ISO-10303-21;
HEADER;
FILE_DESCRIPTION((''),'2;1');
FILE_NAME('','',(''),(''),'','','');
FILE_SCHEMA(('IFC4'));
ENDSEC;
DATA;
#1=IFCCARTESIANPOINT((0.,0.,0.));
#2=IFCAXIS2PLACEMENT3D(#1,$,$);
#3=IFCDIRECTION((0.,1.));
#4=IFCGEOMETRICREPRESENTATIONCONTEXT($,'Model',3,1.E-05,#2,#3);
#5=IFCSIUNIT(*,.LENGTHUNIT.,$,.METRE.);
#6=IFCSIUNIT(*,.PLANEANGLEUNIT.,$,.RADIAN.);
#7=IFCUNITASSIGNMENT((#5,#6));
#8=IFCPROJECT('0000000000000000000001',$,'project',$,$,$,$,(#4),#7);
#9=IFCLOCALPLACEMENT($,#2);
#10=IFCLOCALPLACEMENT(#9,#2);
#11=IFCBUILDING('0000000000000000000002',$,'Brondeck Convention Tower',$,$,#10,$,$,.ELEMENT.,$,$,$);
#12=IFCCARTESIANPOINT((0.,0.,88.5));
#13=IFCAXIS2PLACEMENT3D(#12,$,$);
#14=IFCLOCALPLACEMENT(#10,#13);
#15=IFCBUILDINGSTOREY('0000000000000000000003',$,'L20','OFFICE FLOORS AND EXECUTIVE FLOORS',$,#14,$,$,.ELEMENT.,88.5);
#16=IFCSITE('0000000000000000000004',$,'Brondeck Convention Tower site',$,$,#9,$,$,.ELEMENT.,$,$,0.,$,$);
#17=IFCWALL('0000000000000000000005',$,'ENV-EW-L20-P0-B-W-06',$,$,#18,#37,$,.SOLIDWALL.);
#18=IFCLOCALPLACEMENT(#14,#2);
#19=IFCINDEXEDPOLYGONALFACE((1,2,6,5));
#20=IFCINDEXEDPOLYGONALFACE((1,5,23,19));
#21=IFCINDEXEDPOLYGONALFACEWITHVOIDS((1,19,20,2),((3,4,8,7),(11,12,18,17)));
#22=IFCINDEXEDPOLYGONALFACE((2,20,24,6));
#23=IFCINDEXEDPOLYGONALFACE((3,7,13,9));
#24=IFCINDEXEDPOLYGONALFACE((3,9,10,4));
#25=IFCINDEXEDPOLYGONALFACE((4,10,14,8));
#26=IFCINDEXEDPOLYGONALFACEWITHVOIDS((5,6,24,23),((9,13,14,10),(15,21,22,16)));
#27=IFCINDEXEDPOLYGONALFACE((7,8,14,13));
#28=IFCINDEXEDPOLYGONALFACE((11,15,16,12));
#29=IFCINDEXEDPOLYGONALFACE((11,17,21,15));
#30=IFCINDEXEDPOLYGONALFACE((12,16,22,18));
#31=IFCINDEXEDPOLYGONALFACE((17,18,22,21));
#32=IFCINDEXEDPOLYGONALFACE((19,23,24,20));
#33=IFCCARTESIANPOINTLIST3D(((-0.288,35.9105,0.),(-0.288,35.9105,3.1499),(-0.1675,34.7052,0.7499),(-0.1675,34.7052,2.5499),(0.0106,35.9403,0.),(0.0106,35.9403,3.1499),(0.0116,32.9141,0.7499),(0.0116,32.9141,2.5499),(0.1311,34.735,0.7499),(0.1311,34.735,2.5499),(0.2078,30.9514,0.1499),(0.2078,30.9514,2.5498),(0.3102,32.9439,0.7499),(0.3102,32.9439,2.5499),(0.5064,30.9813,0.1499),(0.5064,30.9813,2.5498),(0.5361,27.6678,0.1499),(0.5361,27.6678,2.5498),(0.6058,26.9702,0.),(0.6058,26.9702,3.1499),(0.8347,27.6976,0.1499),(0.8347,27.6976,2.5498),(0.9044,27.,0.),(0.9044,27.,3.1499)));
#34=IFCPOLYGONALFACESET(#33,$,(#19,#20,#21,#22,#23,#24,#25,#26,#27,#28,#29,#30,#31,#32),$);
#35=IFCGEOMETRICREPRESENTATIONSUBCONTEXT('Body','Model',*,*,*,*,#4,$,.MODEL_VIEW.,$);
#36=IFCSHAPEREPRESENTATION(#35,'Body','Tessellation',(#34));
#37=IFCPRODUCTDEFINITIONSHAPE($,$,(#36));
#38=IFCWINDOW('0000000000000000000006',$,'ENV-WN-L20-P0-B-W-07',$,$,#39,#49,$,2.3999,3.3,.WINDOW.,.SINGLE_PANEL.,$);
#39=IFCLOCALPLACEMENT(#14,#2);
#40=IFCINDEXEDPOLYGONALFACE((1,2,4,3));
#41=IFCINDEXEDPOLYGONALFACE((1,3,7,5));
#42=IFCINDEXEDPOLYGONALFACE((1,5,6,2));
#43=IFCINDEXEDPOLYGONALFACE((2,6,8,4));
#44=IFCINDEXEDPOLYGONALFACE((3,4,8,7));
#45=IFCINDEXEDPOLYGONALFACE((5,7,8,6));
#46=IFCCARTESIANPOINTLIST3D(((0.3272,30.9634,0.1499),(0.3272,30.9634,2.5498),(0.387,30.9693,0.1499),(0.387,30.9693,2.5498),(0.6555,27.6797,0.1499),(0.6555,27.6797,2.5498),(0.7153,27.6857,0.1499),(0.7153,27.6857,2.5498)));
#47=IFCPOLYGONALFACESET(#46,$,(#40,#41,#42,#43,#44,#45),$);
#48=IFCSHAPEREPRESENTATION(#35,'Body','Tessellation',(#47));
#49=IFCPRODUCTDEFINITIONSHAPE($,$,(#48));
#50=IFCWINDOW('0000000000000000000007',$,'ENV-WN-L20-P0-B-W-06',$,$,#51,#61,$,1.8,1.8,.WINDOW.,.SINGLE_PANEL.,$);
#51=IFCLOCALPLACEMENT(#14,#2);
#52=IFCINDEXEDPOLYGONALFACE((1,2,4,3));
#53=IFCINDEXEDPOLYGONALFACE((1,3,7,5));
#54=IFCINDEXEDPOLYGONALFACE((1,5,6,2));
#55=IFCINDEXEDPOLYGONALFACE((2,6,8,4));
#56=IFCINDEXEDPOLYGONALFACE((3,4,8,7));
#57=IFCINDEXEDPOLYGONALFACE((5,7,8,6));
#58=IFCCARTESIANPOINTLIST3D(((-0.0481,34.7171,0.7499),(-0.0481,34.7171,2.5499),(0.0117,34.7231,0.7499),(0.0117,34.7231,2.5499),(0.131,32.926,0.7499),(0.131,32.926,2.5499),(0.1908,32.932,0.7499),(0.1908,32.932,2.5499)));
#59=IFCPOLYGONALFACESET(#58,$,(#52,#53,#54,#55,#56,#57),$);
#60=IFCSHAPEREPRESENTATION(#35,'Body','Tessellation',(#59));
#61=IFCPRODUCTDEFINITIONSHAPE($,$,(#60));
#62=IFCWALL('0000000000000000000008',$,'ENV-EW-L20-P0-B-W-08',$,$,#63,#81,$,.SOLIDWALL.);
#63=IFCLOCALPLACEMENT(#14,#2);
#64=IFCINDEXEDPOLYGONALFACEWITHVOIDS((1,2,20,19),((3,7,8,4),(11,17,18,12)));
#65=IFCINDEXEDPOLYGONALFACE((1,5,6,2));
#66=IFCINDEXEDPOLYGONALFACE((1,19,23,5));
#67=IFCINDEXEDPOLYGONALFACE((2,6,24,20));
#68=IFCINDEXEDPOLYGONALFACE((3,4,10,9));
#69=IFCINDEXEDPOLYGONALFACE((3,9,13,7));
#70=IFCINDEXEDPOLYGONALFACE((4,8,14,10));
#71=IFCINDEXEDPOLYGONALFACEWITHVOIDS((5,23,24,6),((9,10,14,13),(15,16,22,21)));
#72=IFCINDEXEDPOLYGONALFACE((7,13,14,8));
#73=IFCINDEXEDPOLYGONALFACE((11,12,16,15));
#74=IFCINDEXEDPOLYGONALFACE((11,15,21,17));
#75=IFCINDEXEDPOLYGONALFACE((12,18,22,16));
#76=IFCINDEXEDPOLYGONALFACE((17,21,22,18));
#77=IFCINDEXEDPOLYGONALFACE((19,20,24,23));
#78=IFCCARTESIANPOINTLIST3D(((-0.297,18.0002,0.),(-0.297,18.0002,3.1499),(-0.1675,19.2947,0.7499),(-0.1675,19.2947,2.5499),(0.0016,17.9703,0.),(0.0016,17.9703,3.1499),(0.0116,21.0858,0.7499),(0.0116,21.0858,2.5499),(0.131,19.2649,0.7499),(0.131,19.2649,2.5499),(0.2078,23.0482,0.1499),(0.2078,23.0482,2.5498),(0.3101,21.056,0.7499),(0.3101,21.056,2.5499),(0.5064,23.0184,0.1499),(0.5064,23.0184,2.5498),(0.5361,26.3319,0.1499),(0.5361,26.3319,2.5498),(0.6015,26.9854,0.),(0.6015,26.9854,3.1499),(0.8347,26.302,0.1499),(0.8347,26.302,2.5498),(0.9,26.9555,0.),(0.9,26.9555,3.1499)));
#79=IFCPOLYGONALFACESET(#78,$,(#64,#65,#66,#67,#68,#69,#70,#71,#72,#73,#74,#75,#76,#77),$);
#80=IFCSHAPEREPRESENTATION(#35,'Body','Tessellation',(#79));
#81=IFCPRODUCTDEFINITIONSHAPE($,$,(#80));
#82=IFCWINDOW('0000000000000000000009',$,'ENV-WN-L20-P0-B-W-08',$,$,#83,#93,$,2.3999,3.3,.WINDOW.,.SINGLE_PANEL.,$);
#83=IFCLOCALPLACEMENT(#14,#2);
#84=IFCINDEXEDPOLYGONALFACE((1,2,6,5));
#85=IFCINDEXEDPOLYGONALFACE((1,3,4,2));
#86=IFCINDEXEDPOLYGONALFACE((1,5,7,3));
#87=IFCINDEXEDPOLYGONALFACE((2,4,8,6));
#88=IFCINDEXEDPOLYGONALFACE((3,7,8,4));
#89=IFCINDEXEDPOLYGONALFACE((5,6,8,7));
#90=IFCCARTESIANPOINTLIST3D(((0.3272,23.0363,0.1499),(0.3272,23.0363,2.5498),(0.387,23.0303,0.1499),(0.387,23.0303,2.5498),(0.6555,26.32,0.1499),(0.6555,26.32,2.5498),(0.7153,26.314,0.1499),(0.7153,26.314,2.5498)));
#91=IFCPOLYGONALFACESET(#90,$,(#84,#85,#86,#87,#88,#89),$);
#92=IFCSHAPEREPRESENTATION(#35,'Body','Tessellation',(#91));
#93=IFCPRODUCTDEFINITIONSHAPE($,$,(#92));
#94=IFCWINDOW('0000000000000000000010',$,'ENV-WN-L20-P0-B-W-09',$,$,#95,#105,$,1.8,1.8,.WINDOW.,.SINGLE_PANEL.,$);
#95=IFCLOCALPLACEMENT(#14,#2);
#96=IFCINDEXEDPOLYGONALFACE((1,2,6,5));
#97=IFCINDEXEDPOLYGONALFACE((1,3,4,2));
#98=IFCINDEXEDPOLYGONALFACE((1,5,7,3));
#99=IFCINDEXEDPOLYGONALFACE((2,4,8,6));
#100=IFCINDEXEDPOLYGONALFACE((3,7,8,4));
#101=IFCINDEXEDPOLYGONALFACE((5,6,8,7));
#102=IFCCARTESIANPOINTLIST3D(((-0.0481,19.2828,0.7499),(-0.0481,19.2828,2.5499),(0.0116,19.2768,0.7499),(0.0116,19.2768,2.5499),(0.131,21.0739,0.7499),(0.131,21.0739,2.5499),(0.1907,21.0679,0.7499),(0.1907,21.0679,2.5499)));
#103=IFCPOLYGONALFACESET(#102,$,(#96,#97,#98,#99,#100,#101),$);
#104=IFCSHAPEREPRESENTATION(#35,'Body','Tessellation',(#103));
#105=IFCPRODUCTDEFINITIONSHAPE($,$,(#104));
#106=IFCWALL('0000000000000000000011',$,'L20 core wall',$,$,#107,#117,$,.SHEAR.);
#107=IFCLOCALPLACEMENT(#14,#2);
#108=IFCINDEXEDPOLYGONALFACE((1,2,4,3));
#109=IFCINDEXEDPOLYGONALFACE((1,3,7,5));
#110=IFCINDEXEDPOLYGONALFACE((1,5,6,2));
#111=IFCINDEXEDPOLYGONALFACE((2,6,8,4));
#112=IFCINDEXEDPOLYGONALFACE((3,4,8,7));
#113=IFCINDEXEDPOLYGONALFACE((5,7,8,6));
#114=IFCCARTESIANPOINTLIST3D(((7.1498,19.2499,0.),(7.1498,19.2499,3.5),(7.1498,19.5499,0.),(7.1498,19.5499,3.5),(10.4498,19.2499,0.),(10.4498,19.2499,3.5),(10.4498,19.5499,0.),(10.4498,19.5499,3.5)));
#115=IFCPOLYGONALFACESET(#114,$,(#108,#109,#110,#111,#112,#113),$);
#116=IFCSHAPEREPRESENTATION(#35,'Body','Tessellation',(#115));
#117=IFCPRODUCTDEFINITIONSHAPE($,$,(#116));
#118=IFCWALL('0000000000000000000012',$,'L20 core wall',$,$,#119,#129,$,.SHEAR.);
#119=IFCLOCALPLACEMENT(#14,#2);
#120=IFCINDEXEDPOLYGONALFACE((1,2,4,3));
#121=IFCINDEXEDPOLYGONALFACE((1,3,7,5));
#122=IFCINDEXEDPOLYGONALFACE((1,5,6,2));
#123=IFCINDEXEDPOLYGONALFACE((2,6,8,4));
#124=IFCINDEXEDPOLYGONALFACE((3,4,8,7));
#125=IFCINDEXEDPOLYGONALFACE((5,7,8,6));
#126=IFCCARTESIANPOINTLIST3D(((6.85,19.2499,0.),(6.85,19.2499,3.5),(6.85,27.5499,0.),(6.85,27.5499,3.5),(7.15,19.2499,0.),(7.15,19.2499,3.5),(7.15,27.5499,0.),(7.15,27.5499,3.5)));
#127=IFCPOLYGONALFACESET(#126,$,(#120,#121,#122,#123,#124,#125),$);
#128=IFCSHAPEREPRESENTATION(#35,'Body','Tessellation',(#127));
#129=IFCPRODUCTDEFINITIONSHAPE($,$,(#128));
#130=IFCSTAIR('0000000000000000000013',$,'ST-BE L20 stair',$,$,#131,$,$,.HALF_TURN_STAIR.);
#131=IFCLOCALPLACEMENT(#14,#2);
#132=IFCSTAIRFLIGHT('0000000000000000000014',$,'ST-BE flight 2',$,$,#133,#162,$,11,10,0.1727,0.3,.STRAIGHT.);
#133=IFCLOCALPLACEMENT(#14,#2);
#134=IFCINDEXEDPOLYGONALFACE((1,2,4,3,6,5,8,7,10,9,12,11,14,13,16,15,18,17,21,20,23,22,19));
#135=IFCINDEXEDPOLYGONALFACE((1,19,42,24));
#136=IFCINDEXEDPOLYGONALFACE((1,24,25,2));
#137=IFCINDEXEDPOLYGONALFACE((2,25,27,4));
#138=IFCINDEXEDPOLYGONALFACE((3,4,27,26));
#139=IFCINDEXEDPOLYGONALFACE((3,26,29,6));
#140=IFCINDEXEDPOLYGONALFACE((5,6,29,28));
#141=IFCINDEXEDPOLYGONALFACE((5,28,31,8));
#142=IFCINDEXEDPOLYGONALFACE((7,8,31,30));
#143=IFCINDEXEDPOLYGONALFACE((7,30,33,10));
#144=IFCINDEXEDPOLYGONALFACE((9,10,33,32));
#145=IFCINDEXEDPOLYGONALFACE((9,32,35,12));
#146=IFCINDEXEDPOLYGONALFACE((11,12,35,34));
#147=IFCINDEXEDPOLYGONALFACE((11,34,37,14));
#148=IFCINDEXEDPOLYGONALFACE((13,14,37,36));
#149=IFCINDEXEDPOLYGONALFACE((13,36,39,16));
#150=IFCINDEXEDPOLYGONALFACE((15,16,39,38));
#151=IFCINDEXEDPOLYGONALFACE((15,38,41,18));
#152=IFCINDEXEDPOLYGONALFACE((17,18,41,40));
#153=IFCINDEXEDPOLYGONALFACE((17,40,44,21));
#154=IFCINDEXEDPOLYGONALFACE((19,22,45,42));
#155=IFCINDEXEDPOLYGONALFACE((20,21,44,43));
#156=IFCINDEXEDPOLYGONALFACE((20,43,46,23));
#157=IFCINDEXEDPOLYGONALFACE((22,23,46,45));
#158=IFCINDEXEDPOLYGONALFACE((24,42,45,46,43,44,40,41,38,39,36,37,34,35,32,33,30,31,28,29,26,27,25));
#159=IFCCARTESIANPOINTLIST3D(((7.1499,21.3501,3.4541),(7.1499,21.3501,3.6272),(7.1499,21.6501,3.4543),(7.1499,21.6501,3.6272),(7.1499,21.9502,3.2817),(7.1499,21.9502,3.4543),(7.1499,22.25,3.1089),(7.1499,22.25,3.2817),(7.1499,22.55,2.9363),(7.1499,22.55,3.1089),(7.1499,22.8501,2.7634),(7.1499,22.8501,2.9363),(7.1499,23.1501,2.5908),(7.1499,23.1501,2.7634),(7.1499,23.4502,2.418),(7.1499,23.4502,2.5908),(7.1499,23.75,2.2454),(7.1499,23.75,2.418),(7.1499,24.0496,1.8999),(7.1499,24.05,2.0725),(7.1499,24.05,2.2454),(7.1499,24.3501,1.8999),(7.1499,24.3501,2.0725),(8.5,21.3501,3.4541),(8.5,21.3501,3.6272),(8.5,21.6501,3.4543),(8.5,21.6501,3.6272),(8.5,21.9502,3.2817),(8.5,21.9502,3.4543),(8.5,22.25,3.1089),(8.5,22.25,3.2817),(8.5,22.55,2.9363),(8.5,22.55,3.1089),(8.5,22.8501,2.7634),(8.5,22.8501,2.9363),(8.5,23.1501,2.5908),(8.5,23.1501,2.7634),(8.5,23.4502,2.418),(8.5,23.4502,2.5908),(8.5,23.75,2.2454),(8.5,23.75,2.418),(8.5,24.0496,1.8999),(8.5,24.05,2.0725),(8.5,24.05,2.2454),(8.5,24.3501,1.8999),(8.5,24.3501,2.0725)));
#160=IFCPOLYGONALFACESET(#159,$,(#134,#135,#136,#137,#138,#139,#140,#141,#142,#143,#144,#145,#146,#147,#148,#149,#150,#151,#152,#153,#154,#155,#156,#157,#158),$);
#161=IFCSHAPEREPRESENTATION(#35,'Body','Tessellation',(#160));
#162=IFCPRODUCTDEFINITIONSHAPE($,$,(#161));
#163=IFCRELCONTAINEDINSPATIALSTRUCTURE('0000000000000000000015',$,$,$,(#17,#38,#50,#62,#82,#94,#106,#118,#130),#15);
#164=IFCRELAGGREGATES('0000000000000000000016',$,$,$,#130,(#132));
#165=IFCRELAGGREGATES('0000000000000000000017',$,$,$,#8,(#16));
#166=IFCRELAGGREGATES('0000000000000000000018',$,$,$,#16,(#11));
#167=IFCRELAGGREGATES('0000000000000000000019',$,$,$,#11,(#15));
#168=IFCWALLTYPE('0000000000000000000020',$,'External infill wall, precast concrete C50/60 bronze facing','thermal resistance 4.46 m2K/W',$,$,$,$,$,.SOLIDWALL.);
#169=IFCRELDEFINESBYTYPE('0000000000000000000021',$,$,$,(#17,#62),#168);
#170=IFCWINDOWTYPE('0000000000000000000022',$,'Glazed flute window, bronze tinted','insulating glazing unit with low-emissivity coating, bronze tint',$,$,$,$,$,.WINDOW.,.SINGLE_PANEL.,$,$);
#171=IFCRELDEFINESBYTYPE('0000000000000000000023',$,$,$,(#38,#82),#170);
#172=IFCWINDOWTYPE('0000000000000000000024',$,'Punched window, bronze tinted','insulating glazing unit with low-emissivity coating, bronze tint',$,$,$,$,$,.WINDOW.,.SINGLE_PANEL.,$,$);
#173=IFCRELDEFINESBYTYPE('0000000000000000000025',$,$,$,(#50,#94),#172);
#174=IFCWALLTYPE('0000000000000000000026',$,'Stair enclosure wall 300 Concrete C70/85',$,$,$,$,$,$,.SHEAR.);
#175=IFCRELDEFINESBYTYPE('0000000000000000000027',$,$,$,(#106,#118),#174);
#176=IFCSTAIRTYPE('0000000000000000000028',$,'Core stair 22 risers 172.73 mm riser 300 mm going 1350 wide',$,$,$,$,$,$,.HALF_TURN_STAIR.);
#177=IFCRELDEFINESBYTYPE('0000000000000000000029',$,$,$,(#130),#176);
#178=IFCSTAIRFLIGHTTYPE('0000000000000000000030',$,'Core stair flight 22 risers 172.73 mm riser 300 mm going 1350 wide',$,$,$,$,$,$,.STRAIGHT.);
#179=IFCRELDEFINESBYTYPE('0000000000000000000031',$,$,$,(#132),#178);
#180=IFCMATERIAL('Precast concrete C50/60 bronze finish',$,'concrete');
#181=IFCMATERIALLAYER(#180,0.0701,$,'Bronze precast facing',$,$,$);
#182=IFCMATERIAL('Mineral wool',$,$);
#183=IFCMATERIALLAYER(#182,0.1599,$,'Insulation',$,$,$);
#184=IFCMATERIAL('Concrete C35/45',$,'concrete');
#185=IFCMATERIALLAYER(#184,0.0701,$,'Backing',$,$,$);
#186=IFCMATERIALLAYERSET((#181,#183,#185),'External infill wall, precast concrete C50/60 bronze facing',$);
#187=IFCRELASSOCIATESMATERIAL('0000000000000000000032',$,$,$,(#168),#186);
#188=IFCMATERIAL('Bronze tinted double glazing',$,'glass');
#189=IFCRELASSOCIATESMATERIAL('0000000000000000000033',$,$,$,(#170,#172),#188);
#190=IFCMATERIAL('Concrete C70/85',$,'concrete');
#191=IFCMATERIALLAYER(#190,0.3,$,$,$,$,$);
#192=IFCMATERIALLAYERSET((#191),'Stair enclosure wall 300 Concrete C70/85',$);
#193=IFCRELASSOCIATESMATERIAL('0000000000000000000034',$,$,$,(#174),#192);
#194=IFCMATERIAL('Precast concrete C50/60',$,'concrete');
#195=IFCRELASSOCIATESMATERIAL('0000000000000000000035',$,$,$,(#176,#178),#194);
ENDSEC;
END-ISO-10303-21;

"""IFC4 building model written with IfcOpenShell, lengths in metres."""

from ifc_helpers import new_model, si_unit, direction, frame, frame_2d, origin, place, context, subcontext, project, spatial, polyline, rectangle, outline, extrude, material, layer, layer_set, type_object, element, fill, aggregate, save


model = new_model("IFC4")

# Units and contexts
model_context = context("Model", 3, precision=1e-05, world=origin(), true_north=direction((0.0, 1.0)))
body_context = subcontext(model_context, "Body", "Model", "MODEL_VIEW")
ifc_project = project(units=[si_unit("LENGTHUNIT", "METRE"), si_unit("PLANEANGLEUNIT", "RADIAN")], contexts=[model_context])

# Site, building, storey
site_placement = place(None, origin())
site = spatial("IfcSite", under=ifc_project, at=site_placement, Name="Brondeck Convention Tower site", CompositionType="ELEMENT", RefElevation=0.0)
building_placement = place(site_placement, origin())
building = spatial("IfcBuilding", under=site, at=building_placement, Name="Brondeck Convention Tower", CompositionType="ELEMENT")
storey_placement = place(building_placement, frame((0.0, 0.0, 88.5)))
storey = spatial("IfcBuildingStorey", under=building, at=storey_placement, Name="L20", Description="OFFICE FLOORS AND EXECUTIVE FLOORS", CompositionType="ELEMENT", Elevation=88.5)

# Shared definitions
ifc_material_1 = material(Name="Concrete C70/85", Category="concrete")

# Walls, openings, windows
ifc_material_2 = material(Name="Precast concrete C50/60 bronze finish", Category="concrete")
ifc_layer_1 = layer(ifc_material_2, 0.0701, Name="Bronze precast facing")
ifc_material_3 = material(Name="Mineral wool")
ifc_layer_2 = layer(ifc_material_3, 0.1599, Name="Insulation")
ifc_material_4 = material(Name="Concrete C35/45", Category="concrete")
ifc_layer_3 = layer(ifc_material_4, 0.0701, Name="Backing")
ifc_layer_set_1 = layer_set([ifc_layer_1, ifc_layer_2, ifc_layer_3], Name="External infill wall, precast concrete C50/60 bronze facing")
wall_type_1 = type_object("IfcWallType", Name="External infill wall, precast concrete C50/60 bronze facing", Description="thermal resistance 4.46 m2K/W", PredefinedType="SOLIDWALL", material=ifc_layer_set_1)
wall_1_placement = place(storey_placement, frame((0.7551, 26.9851, 0.0), z_axis=(0.0, 0.0, 1.0), x_axis=(-0.09948, 0.99504, 0.0)))
wall_1 = element("IfcWall", 1, at=wall_1_placement, inside=storey, type_object=wall_type_1, Name="ENV-EW-L20-P0-B-W-06", PredefinedType="SOLIDWALL", context=body_context, shape_type="SweptSolid", body=[
    extrude(rectangle(XDim=8.9849, YDim=0.3, at=frame_2d((4.4924, 0.0))), origin(), (0.0, 0.0, 1.0), 3.1499),
])
opening_1_placement = place(wall_1_placement, frame((0.7012, 0.0, 0.1499)))
opening_1 = element("IfcOpeningElement", 2, at=opening_1_placement, cuts=wall_1, PredefinedType="OPENING", context=body_context, shape_type="SweptSolid", body=[
    extrude(rectangle(XDim=3.3, YDim=2.3999, at=frame_2d((1.6499, 1.2))), frame((0.0, 0.1599, 0.0), z_axis=(0.0, -1.0, 0.0), x_axis=(1.0, 0.0, 0.0)), (0.0, 0.0, 1.0), 0.3201),
])
opening_2_placement = place(wall_1_placement, frame((5.9736, 0.0, 0.75)))
opening_2 = element("IfcOpeningElement", 3, at=opening_2_placement, cuts=wall_1, PredefinedType="OPENING", context=body_context, shape_type="SweptSolid", body=[
    extrude(rectangle(XDim=1.8, YDim=1.8, at=frame_2d((0.8999, 0.8999))), frame((0.0, 0.1599, 0.0), z_axis=(0.0, -1.0, 0.0), x_axis=(1.0, 0.0, 0.0)), (0.0, 0.0, 1.0), 0.3201),
])
ifc_material_5 = material(Name="Bronze tinted double glazing", Category="glass")
window_type_1 = type_object("IfcWindowType", Name="Glazed flute window, bronze tinted", Description="insulating glazing unit with low-emissivity coating, bronze tint", PartitioningType="SINGLE_PANEL", PredefinedType="WINDOW", material=ifc_material_5)
window_1_placement = place(opening_1_placement, origin())
window_1 = element("IfcWindow", 4, at=window_1_placement, inside=storey, type_object=window_type_1, Name="ENV-WN-L20-P0-B-W-07", OverallHeight=2.3999, OverallWidth=3.3, PartitioningType="SINGLE_PANEL", PredefinedType="WINDOW", context=body_context, shape_type="SweptSolid", body=[
    extrude(rectangle(XDim=3.3, YDim=2.3999, at=frame_2d((1.6499, 1.2))), frame((0.0, 0.03, 0.0), z_axis=(0.0, -1.0, 0.0), x_axis=(1.0, 0.0, 0.0)), (0.0, 0.0, 1.0), 0.0601),
])
fill(opening_1, window_1)
window_type_2 = type_object("IfcWindowType", Name="Punched window, bronze tinted", Description="insulating glazing unit with low-emissivity coating, bronze tint", PartitioningType="SINGLE_PANEL", PredefinedType="WINDOW", material=ifc_material_5)
window_2_placement = place(opening_2_placement, origin())
window_2 = element("IfcWindow", 5, at=window_2_placement, inside=storey, type_object=window_type_2, Name="ENV-WN-L20-P0-B-W-06", OverallHeight=1.8, OverallWidth=1.8, PartitioningType="SINGLE_PANEL", PredefinedType="WINDOW", context=body_context, shape_type="SweptSolid", body=[
    extrude(rectangle(XDim=1.8, YDim=1.8, at=frame_2d((0.8999, 0.8999))), frame((0.0, 0.03, 0.0), z_axis=(0.0, -1.0, 0.0), x_axis=(1.0, 0.0, 0.0)), (0.0, 0.0, 1.0), 0.0601),
])
fill(opening_2, window_2)
wall_2_placement = place(storey_placement, frame((-0.1477, 17.9851, 0.0), z_axis=(0.0, 0.0, 1.0), x_axis=(0.099496, 0.995038, 0.0)))
wall_2 = element("IfcWall", 6, at=wall_2_placement, inside=storey, type_object=wall_type_1, Name="ENV-EW-L20-P0-B-W-08", PredefinedType="SOLIDWALL", context=body_context, shape_type="SweptSolid", body=[
    extrude(rectangle(XDim=9.03, YDim=0.3, at=frame_2d((4.5151, 0.0))), origin(), (0.0, 0.0, 1.0), 3.1499),
])
opening_3_placement = place(wall_2_placement, frame((1.3013, 0.0, 0.75)))
opening_3 = element("IfcOpeningElement", 7, at=opening_3_placement, cuts=wall_2, PredefinedType="OPENING", context=body_context, shape_type="SweptSolid", body=[
    extrude(rectangle(XDim=1.8, YDim=1.8, at=frame_2d((0.8999, 0.8999))), frame((0.0, 0.1599, 0.0), z_axis=(0.0, -1.0, 0.0), x_axis=(1.0, 0.0, 0.0)), (0.0, 0.0, 1.0), 0.3201),
])
opening_4_placement = place(wall_2_placement, frame((5.0735, 0.0, 0.1499)))
opening_4 = element("IfcOpeningElement", 8, at=opening_4_placement, cuts=wall_2, PredefinedType="OPENING", context=body_context, shape_type="SweptSolid", body=[
    extrude(rectangle(XDim=3.3, YDim=2.3999, at=frame_2d((1.6499, 1.2))), frame((0.0, 0.1599, 0.0), z_axis=(0.0, -1.0, 0.0), x_axis=(1.0, 0.0, 0.0)), (0.0, 0.0, 1.0), 0.3201),
])
window_3_placement = place(opening_4_placement, origin())
window_3 = element("IfcWindow", 9, at=window_3_placement, inside=storey, type_object=window_type_1, Name="ENV-WN-L20-P0-B-W-08", OverallHeight=2.3999, OverallWidth=3.3, PartitioningType="SINGLE_PANEL", PredefinedType="WINDOW", context=body_context, shape_type="SweptSolid", body=[
    extrude(rectangle(XDim=3.3, YDim=2.3999, at=frame_2d((1.6499, 1.2))), frame((0.0, 0.03, 0.0), z_axis=(0.0, -1.0, 0.0), x_axis=(1.0, 0.0, 0.0)), (0.0, 0.0, 1.0), 0.0601),
])
fill(opening_4, window_3)
window_4_placement = place(opening_3_placement, origin())
window_4 = element("IfcWindow", 10, at=window_4_placement, inside=storey, type_object=window_type_2, Name="ENV-WN-L20-P0-B-W-09", OverallHeight=1.8, OverallWidth=1.8, PartitioningType="SINGLE_PANEL", PredefinedType="WINDOW", context=body_context, shape_type="SweptSolid", body=[
    extrude(rectangle(XDim=1.8, YDim=1.8, at=frame_2d((0.8999, 0.8999))), frame((0.0, 0.03, 0.0), z_axis=(0.0, -1.0, 0.0), x_axis=(1.0, 0.0, 0.0)), (0.0, 0.0, 1.0), 0.0601),
])
fill(opening_3, window_4)

# Walls
ifc_layer_4 = layer(ifc_material_1, 0.3)
ifc_layer_set_2 = layer_set([ifc_layer_4], Name="Stair enclosure wall 300 Concrete C70/85")
wall_type_2 = type_object("IfcWallType", Name="Stair enclosure wall 300 Concrete C70/85", PredefinedType="SHEAR", material=ifc_layer_set_2)
wall_3_placement = place(storey_placement, frame((7.1499, 19.3999, 0.0), z_axis=(0.0, 0.0, 1.0), x_axis=(1.0, 0.0, 0.0)))
element("IfcWall", 11, at=wall_3_placement, inside=storey, type_object=wall_type_2, Name="L20 core wall", PredefinedType="SHEAR", context=body_context, shape_type="SweptSolid", body=[
    extrude(rectangle(XDim=3.3, YDim=0.3, at=frame_2d((1.6499, 0.0))), origin(), (0.0, 0.0, 1.0), 3.5),
])
wall_4_placement = place(storey_placement, frame((7.0, 19.25, 0.0), z_axis=(0.0, 0.0, 1.0), x_axis=(0.0, 1.0, 0.0)))
element("IfcWall", 12, at=wall_4_placement, inside=storey, type_object=wall_type_2, Name="L20 core wall", PredefinedType="SHEAR", context=body_context, shape_type="SweptSolid", body=[
    extrude(rectangle(XDim=8.3, YDim=0.3, at=frame_2d((4.1499, 0.0))), origin(), (0.0, 0.0, 1.0), 3.5),
])

# Stair, stair flight
ifc_material_6 = material(Name="Precast concrete C50/60", Category="concrete")
stair_type = type_object("IfcStairType", Name="Core stair 22 risers 172.73 mm riser 300 mm going 1350 wide", PredefinedType="HALF_TURN_STAIR", material=ifc_material_6)
stair_placement = place(storey_placement, origin())
stair = element("IfcStair", 13, at=stair_placement, inside=storey, type_object=stair_type, Name="ST-BE L20 stair", PredefinedType="HALF_TURN_STAIR")
stair_flight_type = type_object("IfcStairFlightType", Name="Core stair flight 22 risers 172.73 mm riser 300 mm going 1350 wide", PredefinedType="STRAIGHT", material=ifc_material_6)
stair_flight_placement = place(storey_placement, frame((7.825, 24.3501, 1.8999), z_axis=(0.0, 0.0, 1.0), x_axis=(0.0, -1.0, 0.0)))
stair_flight = element("IfcStairFlight", 14, at=stair_flight_placement, type_object=stair_flight_type, Name="ST-BE flight 2", NumberOfRisers=11, NumberOfTreads=10, PredefinedType="STRAIGHT", RiserHeight=0.1727, TreadLength=0.3, context=body_context, shape_type="SweptSolid", body=[
    extrude(outline(polyline([(0.0, 0.0), (0.0, 0.1726), (0.3, 0.1726), (0.3, 0.3455), (0.6001, 0.3455), (0.6001, 0.5181), (0.8999, 0.5181), (0.8999, 0.6909), (1.2, 0.6909), (1.2, 0.8635), (1.5, 0.8635), (1.5, 1.0364), (1.8, 1.0364), (1.8, 1.209), (2.1001, 1.209), (2.1001, 1.3818), (2.3999, 1.3818), (2.3999, 1.5544), (2.7, 1.5544), (2.7, 1.7273), (3.0, 1.7273), (3.0, 1.8999), (3.0, 1.5542), (0.3005, 0.0), (0.0, 0.0)])), frame((0.0, 0.675, 0.0), z_axis=(0.0, -1.0, 0.0), x_axis=(1.0, 0.0, 0.0)), (0.0, 0.0, 1.0), 1.3501),
])
aggregate(stair, [stair_flight])

save(model, "model.ifc")
